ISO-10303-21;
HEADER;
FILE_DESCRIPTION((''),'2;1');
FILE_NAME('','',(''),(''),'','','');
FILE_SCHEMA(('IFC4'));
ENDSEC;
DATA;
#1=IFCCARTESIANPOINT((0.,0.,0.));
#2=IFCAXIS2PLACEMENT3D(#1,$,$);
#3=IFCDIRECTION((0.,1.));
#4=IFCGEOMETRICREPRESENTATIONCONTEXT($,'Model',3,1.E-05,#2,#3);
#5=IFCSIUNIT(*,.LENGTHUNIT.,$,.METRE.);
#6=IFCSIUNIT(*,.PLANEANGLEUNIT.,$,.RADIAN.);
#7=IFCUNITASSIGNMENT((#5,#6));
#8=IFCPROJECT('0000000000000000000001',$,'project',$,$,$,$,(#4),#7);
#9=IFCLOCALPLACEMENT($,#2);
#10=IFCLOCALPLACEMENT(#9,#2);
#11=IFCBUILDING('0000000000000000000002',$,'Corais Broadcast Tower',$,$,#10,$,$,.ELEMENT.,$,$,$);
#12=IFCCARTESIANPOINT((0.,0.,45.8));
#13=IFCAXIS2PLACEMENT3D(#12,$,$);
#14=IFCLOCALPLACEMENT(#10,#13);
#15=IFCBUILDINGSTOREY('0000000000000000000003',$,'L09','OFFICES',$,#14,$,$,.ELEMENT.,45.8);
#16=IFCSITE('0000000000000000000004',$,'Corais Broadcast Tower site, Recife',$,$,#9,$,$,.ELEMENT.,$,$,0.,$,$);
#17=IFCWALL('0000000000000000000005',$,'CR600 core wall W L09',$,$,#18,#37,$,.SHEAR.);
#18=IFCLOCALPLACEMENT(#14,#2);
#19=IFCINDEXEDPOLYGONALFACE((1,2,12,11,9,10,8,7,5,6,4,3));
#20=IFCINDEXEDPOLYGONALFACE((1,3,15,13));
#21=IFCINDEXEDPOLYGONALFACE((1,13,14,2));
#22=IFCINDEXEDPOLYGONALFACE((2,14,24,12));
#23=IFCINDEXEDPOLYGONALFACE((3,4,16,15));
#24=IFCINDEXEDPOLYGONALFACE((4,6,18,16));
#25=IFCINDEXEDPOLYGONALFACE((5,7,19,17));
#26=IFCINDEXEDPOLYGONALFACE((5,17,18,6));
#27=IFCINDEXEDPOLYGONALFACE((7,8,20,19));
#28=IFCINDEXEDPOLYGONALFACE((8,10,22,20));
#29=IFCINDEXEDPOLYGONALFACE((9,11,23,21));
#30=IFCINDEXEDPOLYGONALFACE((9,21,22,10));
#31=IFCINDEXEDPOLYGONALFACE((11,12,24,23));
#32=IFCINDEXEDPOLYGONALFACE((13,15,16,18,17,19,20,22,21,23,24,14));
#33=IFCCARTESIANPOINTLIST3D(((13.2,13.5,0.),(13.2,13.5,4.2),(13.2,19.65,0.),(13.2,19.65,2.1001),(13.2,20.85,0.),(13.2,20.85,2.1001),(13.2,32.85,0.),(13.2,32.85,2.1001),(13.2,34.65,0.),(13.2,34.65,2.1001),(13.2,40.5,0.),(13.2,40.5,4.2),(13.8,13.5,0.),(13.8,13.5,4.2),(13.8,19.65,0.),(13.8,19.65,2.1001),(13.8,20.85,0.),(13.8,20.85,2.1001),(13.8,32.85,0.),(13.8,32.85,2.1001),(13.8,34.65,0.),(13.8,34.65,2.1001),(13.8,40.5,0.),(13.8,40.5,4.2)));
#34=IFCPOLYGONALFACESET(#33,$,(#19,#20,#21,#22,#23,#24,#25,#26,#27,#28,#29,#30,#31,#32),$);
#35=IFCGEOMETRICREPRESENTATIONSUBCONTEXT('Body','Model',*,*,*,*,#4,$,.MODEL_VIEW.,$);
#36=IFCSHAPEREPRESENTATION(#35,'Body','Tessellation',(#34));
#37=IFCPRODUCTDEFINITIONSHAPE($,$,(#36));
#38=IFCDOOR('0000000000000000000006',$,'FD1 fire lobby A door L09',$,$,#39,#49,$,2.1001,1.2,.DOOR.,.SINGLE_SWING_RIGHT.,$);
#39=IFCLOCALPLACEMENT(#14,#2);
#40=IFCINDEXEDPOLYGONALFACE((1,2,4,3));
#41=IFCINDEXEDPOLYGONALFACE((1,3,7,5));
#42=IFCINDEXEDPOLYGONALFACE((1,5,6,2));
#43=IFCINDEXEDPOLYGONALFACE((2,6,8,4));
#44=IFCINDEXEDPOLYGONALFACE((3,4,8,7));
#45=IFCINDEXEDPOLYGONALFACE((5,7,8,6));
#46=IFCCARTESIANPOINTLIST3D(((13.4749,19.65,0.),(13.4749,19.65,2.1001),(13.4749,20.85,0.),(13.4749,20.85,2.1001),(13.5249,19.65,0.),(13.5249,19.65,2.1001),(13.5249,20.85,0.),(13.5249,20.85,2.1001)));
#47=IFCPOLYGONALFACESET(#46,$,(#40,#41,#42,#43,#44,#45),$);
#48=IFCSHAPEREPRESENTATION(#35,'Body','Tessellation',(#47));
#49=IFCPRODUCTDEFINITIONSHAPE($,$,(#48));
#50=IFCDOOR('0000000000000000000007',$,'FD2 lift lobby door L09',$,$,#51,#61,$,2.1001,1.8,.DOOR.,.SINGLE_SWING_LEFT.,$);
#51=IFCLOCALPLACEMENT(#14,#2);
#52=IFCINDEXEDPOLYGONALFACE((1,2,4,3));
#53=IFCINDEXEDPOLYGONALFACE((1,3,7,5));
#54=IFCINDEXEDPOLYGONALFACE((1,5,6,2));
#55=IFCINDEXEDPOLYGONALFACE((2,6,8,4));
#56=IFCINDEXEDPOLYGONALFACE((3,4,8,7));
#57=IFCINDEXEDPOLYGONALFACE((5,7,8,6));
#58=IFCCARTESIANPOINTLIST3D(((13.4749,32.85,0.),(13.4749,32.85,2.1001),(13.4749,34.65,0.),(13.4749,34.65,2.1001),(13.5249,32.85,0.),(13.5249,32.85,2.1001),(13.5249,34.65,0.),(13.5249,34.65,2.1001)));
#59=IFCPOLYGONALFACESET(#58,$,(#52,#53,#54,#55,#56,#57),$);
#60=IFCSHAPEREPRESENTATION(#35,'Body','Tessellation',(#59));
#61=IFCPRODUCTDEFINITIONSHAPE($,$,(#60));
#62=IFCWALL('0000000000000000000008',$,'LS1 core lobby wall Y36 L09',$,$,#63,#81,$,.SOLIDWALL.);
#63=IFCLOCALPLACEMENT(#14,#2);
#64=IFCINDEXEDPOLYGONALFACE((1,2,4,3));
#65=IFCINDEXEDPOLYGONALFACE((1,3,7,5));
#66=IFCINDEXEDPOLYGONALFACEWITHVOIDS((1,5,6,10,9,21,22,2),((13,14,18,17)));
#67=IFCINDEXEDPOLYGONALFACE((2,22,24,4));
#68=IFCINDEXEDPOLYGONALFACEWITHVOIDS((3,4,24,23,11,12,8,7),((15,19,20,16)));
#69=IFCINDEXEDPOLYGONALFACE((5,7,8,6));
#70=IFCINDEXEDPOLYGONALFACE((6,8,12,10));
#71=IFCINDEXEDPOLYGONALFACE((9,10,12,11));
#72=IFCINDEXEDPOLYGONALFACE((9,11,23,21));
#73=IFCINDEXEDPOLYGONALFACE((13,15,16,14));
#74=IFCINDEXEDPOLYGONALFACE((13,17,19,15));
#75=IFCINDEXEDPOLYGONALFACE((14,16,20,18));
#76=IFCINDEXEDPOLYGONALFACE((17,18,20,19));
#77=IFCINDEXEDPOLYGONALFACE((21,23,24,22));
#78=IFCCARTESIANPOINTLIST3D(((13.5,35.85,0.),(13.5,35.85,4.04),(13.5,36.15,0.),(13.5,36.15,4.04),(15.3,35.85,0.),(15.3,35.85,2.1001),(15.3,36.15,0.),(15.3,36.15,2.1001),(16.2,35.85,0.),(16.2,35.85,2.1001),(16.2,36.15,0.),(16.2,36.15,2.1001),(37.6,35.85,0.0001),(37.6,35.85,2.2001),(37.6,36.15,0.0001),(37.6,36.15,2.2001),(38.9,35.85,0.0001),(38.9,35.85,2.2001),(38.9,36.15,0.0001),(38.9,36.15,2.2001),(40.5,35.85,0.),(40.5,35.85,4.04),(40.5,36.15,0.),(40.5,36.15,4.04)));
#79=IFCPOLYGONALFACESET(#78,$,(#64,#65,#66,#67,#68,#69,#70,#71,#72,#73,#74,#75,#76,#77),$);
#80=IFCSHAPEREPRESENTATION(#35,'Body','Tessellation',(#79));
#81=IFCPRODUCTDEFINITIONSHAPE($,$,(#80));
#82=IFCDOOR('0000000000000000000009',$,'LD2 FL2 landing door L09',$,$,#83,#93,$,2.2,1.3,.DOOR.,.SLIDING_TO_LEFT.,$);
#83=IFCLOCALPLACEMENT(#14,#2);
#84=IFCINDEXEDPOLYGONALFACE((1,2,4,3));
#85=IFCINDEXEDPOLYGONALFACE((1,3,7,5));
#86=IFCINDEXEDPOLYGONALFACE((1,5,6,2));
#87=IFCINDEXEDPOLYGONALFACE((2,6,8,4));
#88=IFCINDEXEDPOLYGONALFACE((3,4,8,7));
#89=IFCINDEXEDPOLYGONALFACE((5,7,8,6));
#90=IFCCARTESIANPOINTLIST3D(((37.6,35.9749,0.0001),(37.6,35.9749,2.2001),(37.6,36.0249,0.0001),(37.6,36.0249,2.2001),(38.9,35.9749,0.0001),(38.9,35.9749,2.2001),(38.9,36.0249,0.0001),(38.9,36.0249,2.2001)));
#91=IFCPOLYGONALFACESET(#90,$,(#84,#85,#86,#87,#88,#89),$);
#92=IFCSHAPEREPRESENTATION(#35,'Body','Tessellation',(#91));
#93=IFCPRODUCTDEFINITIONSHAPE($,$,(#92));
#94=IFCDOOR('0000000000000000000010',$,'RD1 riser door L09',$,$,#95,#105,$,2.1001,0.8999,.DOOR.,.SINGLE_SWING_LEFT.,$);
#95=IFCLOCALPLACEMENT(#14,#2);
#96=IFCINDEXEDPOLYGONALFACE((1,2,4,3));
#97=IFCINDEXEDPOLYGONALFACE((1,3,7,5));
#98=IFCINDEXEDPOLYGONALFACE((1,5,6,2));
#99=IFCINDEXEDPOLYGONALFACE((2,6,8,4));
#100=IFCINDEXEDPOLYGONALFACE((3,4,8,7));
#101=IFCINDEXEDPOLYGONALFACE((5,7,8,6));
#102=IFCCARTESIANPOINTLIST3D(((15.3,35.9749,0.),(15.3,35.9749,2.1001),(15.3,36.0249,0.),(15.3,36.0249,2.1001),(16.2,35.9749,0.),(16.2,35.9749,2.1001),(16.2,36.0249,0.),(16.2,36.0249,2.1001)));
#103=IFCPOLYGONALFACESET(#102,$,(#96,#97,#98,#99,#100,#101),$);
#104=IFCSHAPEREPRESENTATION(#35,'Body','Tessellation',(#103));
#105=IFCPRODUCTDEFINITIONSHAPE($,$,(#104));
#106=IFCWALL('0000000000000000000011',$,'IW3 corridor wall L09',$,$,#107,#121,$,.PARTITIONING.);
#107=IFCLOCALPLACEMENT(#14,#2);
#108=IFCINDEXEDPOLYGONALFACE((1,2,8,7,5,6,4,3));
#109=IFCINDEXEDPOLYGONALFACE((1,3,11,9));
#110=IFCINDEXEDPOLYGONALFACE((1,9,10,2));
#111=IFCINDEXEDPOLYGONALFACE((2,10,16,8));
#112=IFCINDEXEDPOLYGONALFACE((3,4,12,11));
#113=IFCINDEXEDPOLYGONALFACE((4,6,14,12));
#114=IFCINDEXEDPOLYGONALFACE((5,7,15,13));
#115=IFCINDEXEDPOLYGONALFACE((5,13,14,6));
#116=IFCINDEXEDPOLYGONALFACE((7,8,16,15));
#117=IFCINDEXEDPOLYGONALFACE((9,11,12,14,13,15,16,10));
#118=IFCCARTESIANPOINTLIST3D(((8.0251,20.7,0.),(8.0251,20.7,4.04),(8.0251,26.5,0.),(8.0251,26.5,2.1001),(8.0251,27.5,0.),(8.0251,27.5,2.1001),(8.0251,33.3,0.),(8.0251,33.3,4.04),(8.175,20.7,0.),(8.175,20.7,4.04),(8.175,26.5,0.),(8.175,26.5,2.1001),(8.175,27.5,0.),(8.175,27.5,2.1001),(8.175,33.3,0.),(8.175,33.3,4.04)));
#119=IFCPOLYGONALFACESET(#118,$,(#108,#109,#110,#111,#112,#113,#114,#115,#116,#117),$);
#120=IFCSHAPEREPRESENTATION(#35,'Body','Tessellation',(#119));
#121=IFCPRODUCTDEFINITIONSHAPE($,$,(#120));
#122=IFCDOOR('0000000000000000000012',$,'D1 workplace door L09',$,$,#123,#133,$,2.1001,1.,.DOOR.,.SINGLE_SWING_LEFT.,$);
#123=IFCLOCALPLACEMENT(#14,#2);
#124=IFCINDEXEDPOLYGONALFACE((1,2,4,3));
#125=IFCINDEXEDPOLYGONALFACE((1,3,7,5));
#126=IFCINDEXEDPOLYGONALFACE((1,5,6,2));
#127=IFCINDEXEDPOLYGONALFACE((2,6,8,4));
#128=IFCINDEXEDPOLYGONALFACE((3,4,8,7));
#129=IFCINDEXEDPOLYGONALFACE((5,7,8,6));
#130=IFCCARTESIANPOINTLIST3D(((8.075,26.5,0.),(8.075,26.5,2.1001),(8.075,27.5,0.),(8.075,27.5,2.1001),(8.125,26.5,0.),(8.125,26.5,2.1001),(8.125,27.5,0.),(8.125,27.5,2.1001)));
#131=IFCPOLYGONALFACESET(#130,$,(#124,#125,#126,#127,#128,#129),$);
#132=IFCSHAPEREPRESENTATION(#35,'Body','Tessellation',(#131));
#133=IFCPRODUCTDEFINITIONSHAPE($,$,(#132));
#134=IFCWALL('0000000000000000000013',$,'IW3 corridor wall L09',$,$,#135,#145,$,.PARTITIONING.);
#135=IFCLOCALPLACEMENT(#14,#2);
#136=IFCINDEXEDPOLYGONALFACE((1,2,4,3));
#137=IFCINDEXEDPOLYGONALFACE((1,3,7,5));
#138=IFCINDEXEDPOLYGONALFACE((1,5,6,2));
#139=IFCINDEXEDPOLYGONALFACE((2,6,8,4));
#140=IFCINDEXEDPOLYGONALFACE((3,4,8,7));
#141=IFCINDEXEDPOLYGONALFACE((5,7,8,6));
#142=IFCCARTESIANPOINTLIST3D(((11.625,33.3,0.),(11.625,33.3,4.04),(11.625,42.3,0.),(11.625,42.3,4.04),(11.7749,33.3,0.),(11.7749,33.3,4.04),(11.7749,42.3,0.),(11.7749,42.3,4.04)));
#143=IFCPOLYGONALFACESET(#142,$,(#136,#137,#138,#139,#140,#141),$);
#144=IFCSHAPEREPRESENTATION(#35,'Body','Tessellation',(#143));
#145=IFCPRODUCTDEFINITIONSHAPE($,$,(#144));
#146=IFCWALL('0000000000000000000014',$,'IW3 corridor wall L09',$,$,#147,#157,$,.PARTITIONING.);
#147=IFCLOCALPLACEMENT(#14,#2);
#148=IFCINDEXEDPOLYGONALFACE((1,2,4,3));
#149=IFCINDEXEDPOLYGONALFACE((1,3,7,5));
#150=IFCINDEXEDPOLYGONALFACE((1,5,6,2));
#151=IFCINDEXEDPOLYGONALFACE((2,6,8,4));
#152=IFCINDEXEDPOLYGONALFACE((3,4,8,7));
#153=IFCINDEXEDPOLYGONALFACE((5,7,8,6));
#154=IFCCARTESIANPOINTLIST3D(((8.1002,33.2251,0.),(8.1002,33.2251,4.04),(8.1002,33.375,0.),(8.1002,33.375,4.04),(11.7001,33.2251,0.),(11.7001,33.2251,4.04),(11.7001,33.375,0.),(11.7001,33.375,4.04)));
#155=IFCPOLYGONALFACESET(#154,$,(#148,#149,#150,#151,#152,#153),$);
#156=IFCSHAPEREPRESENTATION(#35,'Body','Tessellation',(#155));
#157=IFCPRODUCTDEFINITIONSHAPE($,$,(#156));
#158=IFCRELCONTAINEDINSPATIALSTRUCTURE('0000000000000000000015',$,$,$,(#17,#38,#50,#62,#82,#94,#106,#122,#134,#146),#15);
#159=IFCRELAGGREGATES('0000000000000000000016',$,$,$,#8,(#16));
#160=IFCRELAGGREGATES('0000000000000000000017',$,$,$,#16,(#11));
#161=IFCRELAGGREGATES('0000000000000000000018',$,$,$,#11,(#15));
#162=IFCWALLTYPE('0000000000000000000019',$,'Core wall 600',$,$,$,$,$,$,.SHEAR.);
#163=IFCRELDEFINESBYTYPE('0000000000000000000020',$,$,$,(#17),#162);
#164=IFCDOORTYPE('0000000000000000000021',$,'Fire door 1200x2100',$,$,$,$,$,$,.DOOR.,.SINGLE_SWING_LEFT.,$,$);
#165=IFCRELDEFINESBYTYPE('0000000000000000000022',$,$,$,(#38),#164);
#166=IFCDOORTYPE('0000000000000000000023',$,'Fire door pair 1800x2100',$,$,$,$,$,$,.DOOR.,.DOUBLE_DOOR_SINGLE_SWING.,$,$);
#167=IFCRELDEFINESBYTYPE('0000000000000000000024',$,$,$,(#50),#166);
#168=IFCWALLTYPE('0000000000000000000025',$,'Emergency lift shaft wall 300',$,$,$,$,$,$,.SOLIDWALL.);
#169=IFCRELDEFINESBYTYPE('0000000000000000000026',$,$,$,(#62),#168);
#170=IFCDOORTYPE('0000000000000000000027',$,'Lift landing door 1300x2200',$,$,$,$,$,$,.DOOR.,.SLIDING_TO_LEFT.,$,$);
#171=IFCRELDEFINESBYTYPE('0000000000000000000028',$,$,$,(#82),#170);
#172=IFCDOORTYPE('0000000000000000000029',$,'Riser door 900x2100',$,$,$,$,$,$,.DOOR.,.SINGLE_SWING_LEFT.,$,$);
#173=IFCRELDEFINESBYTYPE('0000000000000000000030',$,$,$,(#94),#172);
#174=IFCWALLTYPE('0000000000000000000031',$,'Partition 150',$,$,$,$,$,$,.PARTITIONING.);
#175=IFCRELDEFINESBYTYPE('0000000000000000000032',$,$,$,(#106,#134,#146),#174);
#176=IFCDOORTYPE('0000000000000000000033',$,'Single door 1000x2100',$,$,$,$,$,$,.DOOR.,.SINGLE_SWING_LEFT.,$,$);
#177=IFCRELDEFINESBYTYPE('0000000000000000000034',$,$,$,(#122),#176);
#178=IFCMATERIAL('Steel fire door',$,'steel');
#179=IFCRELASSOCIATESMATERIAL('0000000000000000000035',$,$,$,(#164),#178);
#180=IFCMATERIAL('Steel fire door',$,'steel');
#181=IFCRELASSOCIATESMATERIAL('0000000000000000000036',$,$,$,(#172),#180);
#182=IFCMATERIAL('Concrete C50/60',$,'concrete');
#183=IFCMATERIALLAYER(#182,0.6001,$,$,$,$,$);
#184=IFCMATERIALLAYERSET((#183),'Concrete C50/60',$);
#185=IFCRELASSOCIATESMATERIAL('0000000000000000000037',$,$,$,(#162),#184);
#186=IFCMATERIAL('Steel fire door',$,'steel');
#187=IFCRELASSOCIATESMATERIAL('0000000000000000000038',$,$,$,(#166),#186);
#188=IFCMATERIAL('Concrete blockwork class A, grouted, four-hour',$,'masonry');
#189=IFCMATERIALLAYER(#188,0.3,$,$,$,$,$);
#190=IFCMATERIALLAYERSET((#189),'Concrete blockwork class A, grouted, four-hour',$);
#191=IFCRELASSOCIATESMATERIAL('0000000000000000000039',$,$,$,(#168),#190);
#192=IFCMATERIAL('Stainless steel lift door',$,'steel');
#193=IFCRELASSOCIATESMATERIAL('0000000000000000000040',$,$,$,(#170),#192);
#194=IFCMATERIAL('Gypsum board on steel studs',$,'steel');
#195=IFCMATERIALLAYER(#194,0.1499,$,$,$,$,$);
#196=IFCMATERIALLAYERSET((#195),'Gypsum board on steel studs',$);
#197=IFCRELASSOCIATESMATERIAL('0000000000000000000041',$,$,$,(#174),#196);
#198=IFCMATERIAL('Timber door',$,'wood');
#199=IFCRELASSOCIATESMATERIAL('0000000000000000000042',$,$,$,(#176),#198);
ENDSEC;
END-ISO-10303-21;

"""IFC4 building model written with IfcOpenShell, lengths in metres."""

from ifc_helpers import new_model, si_unit, direction, frame, frame_2d, origin, place, context, subcontext, project, spatial, rectangle, extrude, material, layer, layer_set, type_object, element, fill, save


model = new_model("IFC4")

# Units and contexts
model_context = context("Model", 3, precision=1e-05, world=origin(), true_north=direction((0.0, 1.0)))
body_context = subcontext(model_context, "Body", "Model", "MODEL_VIEW")
ifc_project = project(units=[si_unit("LENGTHUNIT", "METRE"), si_unit("PLANEANGLEUNIT", "RADIAN")], contexts=[model_context])

# Site, building, storey
site_placement = place(None, origin())
site = spatial("IfcSite", under=ifc_project, at=site_placement, Name="Corais Broadcast Tower site, Recife", CompositionType="ELEMENT", RefElevation=0.0)
building_placement = place(site_placement, origin())
building = spatial("IfcBuilding", under=site, at=building_placement, Name="Corais Broadcast Tower", CompositionType="ELEMENT")
storey_placement = place(building_placement, frame((0.0, 0.0, 45.8)))
storey = spatial("IfcBuildingStorey", under=building, at=storey_placement, Name="L09", Description="OFFICES", CompositionType="ELEMENT", Elevation=45.8)

# Walls, openings, doors
ifc_material_1 = material(Name="Steel fire door", Category="steel")
door_type_1 = type_object("IfcDoorType", Name="Fire door 1200x2100", OperationType="SINGLE_SWING_LEFT", PredefinedType="DOOR", material=ifc_material_1)
ifc_material_2 = material(Name="Steel fire door", Category="steel")
door_type_2 = type_object("IfcDoorType", Name="Riser door 900x2100", OperationType="SINGLE_SWING_LEFT", PredefinedType="DOOR", material=ifc_material_2)
ifc_material_3 = material(Name="Concrete C50/60", Category="concrete")
ifc_layer_1 = layer(ifc_material_3, 0.6001)
ifc_layer_set_1 = layer_set([ifc_layer_1], Name="Concrete C50/60")
wall_type_1 = type_object("IfcWallType", Name="Core wall 600", PredefinedType="SHEAR", material=ifc_layer_set_1)
wall_1_placement = place(storey_placement, frame((13.5, 40.5, 0.0), z_axis=(0.0, 0.0, 1.0), x_axis=(0.0, -1.0, 0.0)))
wall_1 = element("IfcWall", 1, at=wall_1_placement, inside=storey, type_object=wall_type_1, Name="CR600 core wall W L09", PredefinedType="SHEAR", context=body_context, shape_type="SweptSolid", body=[
    extrude(rectangle(XDim=27.0, YDim=0.6001, at=frame_2d((13.5, 0.0))), origin(), (0.0, 0.0, 1.0), 4.2),
])
opening_1_placement = place(wall_1_placement, frame((19.6499, 0.0, 0.0)))
opening_1 = element("IfcOpeningElement", 2, at=opening_1_placement, cuts=wall_1, PredefinedType="OPENING", context=body_context, shape_type="SweptSolid", body=[
    extrude(rectangle(XDim=1.2, YDim=2.1001, at=frame_2d((0.6001, 1.05))), frame((0.0, 0.3101, 0.0), z_axis=(0.0, -1.0, 0.0), x_axis=(1.0, 0.0, 0.0)), (0.0, 0.0, 1.0), 0.6201),
])
opening_2_placement = place(wall_1_placement, frame((5.8501, 0.0, 0.0)))
opening_2 = element("IfcOpeningElement", 3, at=opening_2_placement, cuts=wall_1, PredefinedType="OPENING", context=body_context, shape_type="SweptSolid", body=[
    extrude(rectangle(XDim=1.8, YDim=2.1001, at=frame_2d((0.8999, 1.05))), frame((0.0, 0.3101, 0.0), z_axis=(0.0, -1.0, 0.0), x_axis=(1.0, 0.0, 0.0)), (0.0, 0.0, 1.0), 0.6201),
])
door_1_placement = place(opening_1_placement, origin())
door_1 = element("IfcDoor", 4, at=door_1_placement, inside=storey, type_object=door_type_1, Name="FD1 fire lobby A door L09", OperationType="SINGLE_SWING_RIGHT", OverallHeight=2.1001, OverallWidth=1.2, PredefinedType="DOOR", context=body_context, shape_type="SweptSolid", body=[
    extrude(rectangle(XDim=1.2, YDim=2.1001, at=frame_2d((0.6001, 1.05))), frame((0.0, 0.0249, 0.0), z_axis=(0.0, -1.0, 0.0), x_axis=(1.0, 0.0, 0.0)), (0.0, 0.0, 1.0), 0.05),
])
fill(opening_1, door_1)
ifc_material_4 = material(Name="Steel fire door", Category="steel")
door_type_3 = type_object("IfcDoorType", Name="Fire door pair 1800x2100", OperationType="DOUBLE_DOOR_SINGLE_SWING", PredefinedType="DOOR", material=ifc_material_4)
door_2_placement = place(opening_2_placement, origin())
door_2 = element("IfcDoor", 5, at=door_2_placement, inside=storey, type_object=door_type_3, Name="FD2 lift lobby door L09", OperationType="SINGLE_SWING_LEFT", OverallHeight=2.1001, OverallWidth=1.8, PredefinedType="DOOR", context=body_context, shape_type="SweptSolid", body=[
    extrude(rectangle(XDim=1.8, YDim=2.1001, at=frame_2d((0.8999, 1.05))), frame((0.0, 0.0249, 0.0), z_axis=(0.0, -1.0, 0.0), x_axis=(1.0, 0.0, 0.0)), (0.0, 0.0, 1.0), 0.05),
])
fill(opening_2, door_2)
ifc_material_5 = material(Name="Concrete blockwork class A, grouted, four-hour", Category="masonry")
ifc_layer_2 = layer(ifc_material_5, 0.3)
ifc_layer_set_2 = layer_set([ifc_layer_2], Name="Concrete blockwork class A, grouted, four-hour")
wall_type_2 = type_object("IfcWallType", Name="Emergency lift shaft wall 300", PredefinedType="SOLIDWALL", material=ifc_layer_set_2)
wall_2_placement = place(storey_placement, frame((13.5, 36.0, 0.0), z_axis=(0.0, 0.0, 1.0), x_axis=(1.0, 0.0, 0.0)))
wall_2 = element("IfcWall", 6, at=wall_2_placement, inside=storey, type_object=wall_type_2, Name="LS1 core lobby wall Y36 L09", PredefinedType="SOLIDWALL", context=body_context, shape_type="SweptSolid", body=[
    extrude(rectangle(XDim=27.0, YDim=0.3, at=frame_2d((13.5, 0.0))), origin(), (0.0, 0.0, 1.0), 4.04),
])
opening_3_placement = place(wall_2_placement, frame((1.8, 0.0, 0.0)))
opening_3 = element("IfcOpeningElement", 7, at=opening_3_placement, cuts=wall_2, PredefinedType="OPENING", context=body_context, shape_type="SweptSolid", body=[
    extrude(rectangle(XDim=0.8999, YDim=2.1001, at=frame_2d((0.45, 1.05))), frame((0.0, 0.1599, 0.0), z_axis=(0.0, -1.0, 0.0), x_axis=(1.0, 0.0, 0.0)), (0.0, 0.0, 1.0), 0.3201),
])
opening_4_placement = place(wall_2_placement, frame((24.1001, 0.0, 0.0)))
opening_4 = element("IfcOpeningElement", 8, at=opening_4_placement, cuts=wall_2, PredefinedType="OPENING", context=body_context, shape_type="SweptSolid", body=[
    extrude(rectangle(XDim=1.3, YDim=2.2, at=frame_2d((0.6499, 1.1001))), frame((0.0, 0.1599, 0.0), z_axis=(0.0, -1.0, 0.0), x_axis=(1.0, 0.0, 0.0)), (0.0, 0.0, 1.0), 0.3201),
])
ifc_material_6 = material(Name="Stainless steel lift door", Category="steel")
door_type_4 = type_object("IfcDoorType", Name="Lift landing door 1300x2200", OperationType="SLIDING_TO_LEFT", PredefinedType="DOOR", material=ifc_material_6)
door_3_placement = place(opening_4_placement, origin())
door_3 = element("IfcDoor", 9, at=door_3_placement, inside=storey, type_object=door_type_4, Name="LD2 FL2 landing door L09", OperationType="SLIDING_TO_LEFT", OverallHeight=2.2, OverallWidth=1.3, PredefinedType="DOOR", context=body_context, shape_type="SweptSolid", body=[
    extrude(rectangle(XDim=1.3, YDim=2.2, at=frame_2d((0.6499, 1.1001))), frame((0.0, 0.0249, 0.0), z_axis=(0.0, -1.0, 0.0), x_axis=(1.0, 0.0, 0.0)), (0.0, 0.0, 1.0), 0.05),
])
fill(opening_4, door_3)
door_4_placement = place(opening_3_placement, origin())
door_4 = element("IfcDoor", 10, at=door_4_placement, inside=storey, type_object=door_type_2, Name="RD1 riser door L09", OperationType="SINGLE_SWING_LEFT", OverallHeight=2.1001, OverallWidth=0.8999, PredefinedType="DOOR", context=body_context, shape_type="SweptSolid", body=[
    extrude(rectangle(XDim=0.8999, YDim=2.1001, at=frame_2d((0.45, 1.05))), frame((0.0, 0.0249, 0.0), z_axis=(0.0, -1.0, 0.0), x_axis=(1.0, 0.0, 0.0)), (0.0, 0.0, 1.0), 0.05),
])
fill(opening_3, door_4)

# Wall, opening, door
ifc_material_7 = material(Name="Gypsum board on steel studs", Category="steel")
ifc_layer_3 = layer(ifc_material_7, 0.1499)
ifc_layer_set_3 = layer_set([ifc_layer_3], Name="Gypsum board on steel studs")
wall_type_3 = type_object("IfcWallType", Name="Partition 150", PredefinedType="PARTITIONING", material=ifc_layer_set_3)
wall_3_placement = place(storey_placement, frame((8.1001, 33.3, 0.0), z_axis=(0.0, 0.0, 1.0), x_axis=(0.0, -1.0, 0.0)))
wall_3 = element("IfcWall", 11, at=wall_3_placement, inside=storey, type_object=wall_type_3, Name="IW3 corridor wall L09", PredefinedType="PARTITIONING", context=body_context, shape_type="SweptSolid", body=[
    extrude(rectangle(XDim=12.6001, YDim=0.1499, at=frame_2d((6.3, 0.0))), origin(), (0.0, 0.0, 1.0), 4.04),
])
opening_5_placement = place(wall_3_placement, frame((5.8, 0.0, 0.0)))
opening_5 = element("IfcOpeningElement", 12, at=opening_5_placement, cuts=wall_3, PredefinedType="OPENING", context=body_context, shape_type="SweptSolid", body=[
    extrude(rectangle(XDim=1.0, YDim=2.1001, at=frame_2d((0.5, 1.05))), frame((0.0, 0.085, 0.0), z_axis=(0.0, -1.0, 0.0), x_axis=(1.0, 0.0, 0.0)), (0.0, 0.0, 1.0), 0.1699),
])
ifc_material_8 = material(Name="Timber door", Category="wood")
door_type_5 = type_object("IfcDoorType", Name="Single door 1000x2100", OperationType="SINGLE_SWING_LEFT", PredefinedType="DOOR", material=ifc_material_8)
door_5_placement = place(opening_5_placement, origin())
door_5 = element("IfcDoor", 13, at=door_5_placement, inside=storey, type_object=door_type_5, Name="D1 workplace door L09", OperationType="SINGLE_SWING_LEFT", OverallHeight=2.1001, OverallWidth=1.0, PredefinedType="DOOR", context=body_context, shape_type="SweptSolid", body=[
    extrude(rectangle(XDim=1.0, YDim=2.1001, at=frame_2d((0.5, 1.05))), frame((0.0, 0.0249, 0.0), z_axis=(0.0, -1.0, 0.0), x_axis=(1.0, 0.0, 0.0)), (0.0, 0.0, 1.0), 0.05),
])
fill(opening_5, door_5)

# Walls
wall_4_placement = place(storey_placement, frame((11.7, 42.3, 0.0), z_axis=(0.0, 0.0, 1.0), x_axis=(0.0, -1.0, 0.0)))
element("IfcWall", 14, at=wall_4_placement, inside=storey, type_object=wall_type_3, Name="IW3 corridor wall L09", PredefinedType="PARTITIONING", context=body_context, shape_type="SweptSolid", body=[
    extrude(rectangle(XDim=9.0, YDim=0.1499, at=frame_2d((4.5, 0.0))), origin(), (0.0, 0.0, 1.0), 4.04),
])
wall_5_placement = place(storey_placement, frame((11.7, 33.3, 0.0), z_axis=(0.0, 0.0, 1.0), x_axis=(-1.0, 0.0, 0.0)))
element("IfcWall", 15, at=wall_5_placement, inside=storey, type_object=wall_type_3, Name="IW3 corridor wall L09", PredefinedType="PARTITIONING", context=body_context, shape_type="SweptSolid", body=[
    extrude(rectangle(XDim=3.5999, YDim=0.1499, at=frame_2d((1.7998, 0.0))), origin(), (0.0, 0.0, 1.0), 4.04),
])

save(model, "model.ifc")
